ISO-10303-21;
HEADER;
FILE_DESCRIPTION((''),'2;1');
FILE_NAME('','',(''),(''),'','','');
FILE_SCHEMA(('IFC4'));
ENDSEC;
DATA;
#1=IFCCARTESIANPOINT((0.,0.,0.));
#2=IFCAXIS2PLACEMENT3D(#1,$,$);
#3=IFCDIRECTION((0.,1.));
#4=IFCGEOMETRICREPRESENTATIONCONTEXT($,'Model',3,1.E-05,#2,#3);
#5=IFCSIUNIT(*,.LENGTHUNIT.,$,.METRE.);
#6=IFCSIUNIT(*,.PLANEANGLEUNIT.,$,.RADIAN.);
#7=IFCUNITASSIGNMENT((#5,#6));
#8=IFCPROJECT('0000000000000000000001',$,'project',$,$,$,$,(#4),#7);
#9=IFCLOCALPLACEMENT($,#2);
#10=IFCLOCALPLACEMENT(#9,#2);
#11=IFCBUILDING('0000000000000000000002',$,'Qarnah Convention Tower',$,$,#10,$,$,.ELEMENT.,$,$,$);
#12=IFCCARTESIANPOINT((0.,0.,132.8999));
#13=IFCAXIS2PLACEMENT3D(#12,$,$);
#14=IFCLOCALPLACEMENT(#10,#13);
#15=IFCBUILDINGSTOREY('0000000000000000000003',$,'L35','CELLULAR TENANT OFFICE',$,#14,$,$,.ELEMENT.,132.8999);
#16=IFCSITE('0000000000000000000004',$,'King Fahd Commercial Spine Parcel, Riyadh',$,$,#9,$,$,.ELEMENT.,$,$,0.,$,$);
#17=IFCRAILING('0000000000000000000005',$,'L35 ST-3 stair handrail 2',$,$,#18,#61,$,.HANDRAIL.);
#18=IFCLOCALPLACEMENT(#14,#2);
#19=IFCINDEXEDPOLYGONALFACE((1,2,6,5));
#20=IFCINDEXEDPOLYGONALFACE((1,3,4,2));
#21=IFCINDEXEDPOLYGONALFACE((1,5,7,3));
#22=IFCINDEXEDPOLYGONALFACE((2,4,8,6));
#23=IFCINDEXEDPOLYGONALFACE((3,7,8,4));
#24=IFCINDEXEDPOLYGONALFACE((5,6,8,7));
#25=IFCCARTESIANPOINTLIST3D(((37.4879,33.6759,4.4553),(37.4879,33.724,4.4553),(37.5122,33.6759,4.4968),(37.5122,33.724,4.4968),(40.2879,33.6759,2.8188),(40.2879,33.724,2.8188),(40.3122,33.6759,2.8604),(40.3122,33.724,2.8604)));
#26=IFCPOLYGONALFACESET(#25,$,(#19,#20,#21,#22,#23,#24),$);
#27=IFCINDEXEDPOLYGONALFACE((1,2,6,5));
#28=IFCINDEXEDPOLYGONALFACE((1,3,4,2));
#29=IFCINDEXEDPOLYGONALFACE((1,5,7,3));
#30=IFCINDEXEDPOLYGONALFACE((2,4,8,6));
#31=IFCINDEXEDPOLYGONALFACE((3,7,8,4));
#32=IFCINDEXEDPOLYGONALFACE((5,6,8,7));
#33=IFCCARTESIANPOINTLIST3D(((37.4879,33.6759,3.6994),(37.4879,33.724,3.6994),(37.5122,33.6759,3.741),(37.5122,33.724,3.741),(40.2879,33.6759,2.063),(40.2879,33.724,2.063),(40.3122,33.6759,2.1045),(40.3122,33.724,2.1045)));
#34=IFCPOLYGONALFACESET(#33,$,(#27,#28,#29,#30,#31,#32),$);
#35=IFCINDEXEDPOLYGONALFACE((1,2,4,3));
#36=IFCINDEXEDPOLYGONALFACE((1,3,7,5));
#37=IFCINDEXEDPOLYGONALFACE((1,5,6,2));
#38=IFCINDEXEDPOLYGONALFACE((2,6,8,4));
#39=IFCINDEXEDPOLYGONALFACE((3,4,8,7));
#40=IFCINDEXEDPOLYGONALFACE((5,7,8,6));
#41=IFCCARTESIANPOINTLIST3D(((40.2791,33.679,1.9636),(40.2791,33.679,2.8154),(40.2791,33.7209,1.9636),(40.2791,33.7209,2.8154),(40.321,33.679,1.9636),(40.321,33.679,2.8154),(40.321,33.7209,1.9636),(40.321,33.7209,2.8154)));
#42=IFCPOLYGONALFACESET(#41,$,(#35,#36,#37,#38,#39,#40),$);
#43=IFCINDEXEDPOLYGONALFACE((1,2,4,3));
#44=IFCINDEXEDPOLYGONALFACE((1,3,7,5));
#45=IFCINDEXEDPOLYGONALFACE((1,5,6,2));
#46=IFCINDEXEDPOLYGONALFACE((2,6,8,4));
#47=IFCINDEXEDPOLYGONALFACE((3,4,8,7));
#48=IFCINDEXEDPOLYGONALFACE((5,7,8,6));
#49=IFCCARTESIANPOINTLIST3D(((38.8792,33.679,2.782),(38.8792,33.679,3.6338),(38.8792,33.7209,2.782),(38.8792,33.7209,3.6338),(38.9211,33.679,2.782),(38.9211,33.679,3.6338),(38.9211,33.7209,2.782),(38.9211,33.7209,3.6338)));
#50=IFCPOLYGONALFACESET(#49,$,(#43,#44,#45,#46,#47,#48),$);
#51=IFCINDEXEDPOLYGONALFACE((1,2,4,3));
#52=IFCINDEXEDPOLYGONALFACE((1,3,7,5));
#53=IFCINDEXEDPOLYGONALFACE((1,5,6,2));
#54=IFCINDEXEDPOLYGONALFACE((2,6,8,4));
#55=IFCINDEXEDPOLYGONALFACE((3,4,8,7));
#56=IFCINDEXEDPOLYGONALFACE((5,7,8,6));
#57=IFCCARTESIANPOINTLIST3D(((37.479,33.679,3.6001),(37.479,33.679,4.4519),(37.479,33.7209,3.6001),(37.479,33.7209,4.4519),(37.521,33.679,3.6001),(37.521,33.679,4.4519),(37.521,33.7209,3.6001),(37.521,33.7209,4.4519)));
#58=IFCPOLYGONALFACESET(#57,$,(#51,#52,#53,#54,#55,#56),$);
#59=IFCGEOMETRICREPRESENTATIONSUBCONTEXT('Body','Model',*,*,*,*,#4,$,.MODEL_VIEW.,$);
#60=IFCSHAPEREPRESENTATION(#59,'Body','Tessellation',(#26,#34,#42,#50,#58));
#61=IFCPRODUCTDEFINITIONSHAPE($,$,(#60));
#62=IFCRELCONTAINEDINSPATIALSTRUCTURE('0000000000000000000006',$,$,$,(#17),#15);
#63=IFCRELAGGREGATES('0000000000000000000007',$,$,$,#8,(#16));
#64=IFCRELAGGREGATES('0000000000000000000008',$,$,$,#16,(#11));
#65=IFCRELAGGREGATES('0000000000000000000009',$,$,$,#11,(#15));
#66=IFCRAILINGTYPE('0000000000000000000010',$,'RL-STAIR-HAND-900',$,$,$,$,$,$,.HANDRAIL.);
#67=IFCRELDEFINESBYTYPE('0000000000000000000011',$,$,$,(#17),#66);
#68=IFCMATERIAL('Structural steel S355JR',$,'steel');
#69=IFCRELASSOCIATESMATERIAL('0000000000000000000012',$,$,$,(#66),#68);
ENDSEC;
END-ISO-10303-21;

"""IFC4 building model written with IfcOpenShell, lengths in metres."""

from ifc_helpers import new_model, si_unit, direction, frame, origin, origin_2d, place, context, subcontext, project, spatial, rectangle, extrude, material, type_object, element, save


model = new_model("IFC4")

# Units and contexts
model_context = context("Model", 3, precision=1e-05, world=origin(), true_north=direction((0.0, 1.0)))
body_context = subcontext(model_context, "Body", "Model", "MODEL_VIEW")
ifc_project = project(units=[si_unit("LENGTHUNIT", "METRE"), si_unit("PLANEANGLEUNIT", "RADIAN")], contexts=[model_context])

# Site, building, storey
site_placement = place(None, origin())
site = spatial("IfcSite", under=ifc_project, at=site_placement, Name="King Fahd Commercial Spine Parcel, Riyadh", CompositionType="ELEMENT", RefElevation=0.0)
building_placement = place(site_placement, origin())
building = spatial("IfcBuilding", under=site, at=building_placement, Name="Qarnah Convention Tower", CompositionType="ELEMENT")
storey_placement = place(building_placement, frame((0.0, 0.0, 132.8999)))
storey = spatial("IfcBuildingStorey", under=building, at=storey_placement, Name="L35", Description="CELLULAR TENANT OFFICE", CompositionType="ELEMENT", Elevation=132.8999)

# Shared definitions
ifc_material_1 = material(Name="Structural steel S355JR", Category="steel")

# Railing
railing_type_1 = type_object("IfcRailingType", Name="RL-STAIR-HAND-900", PredefinedType="HANDRAIL", material=ifc_material_1)
railing_1_placement = place(storey_placement, frame((40.3, 33.7, 1.9636)))
element("IfcRailing", 1, at=railing_1_placement, inside=storey, type_object=railing_type_1, Name="L35 ST-3 stair handrail 2", PredefinedType="HANDRAIL", context=body_context, shape_type="SweptSolid", body=[
    extrude(rectangle(XDim=0.0481, YDim=0.0481, at=origin_2d()), frame((0.0, 0.0, 0.876), z_axis=(-0.863361, 0.0, 0.504587), x_axis=(0.0, -1.0, 0.0)), (0.0, 0.0, 1.0), 3.2432),
    extrude(rectangle(XDim=0.0481, YDim=0.0481, at=origin_2d()), frame((0.0, 0.0, 0.1201), z_axis=(-0.863361, 0.0, 0.504587), x_axis=(0.0, -1.0, 0.0)), (0.0, 0.0, 1.0), 3.2432),
    extrude(rectangle(XDim=0.042, YDim=0.042, at=origin_2d()), origin(), (0.0, 0.0, 1.0), 0.8518),
    extrude(rectangle(XDim=0.042, YDim=0.042, at=origin_2d()), frame((-1.3999, 0.0, 0.8184)), (0.0, 0.0, 1.0), 0.8518),
    extrude(rectangle(XDim=0.042, YDim=0.042, at=origin_2d()), frame((-2.8, 0.0, 1.6365)), (0.0, 0.0, 1.0), 0.8518),
])

save(model, "model.ifc")
